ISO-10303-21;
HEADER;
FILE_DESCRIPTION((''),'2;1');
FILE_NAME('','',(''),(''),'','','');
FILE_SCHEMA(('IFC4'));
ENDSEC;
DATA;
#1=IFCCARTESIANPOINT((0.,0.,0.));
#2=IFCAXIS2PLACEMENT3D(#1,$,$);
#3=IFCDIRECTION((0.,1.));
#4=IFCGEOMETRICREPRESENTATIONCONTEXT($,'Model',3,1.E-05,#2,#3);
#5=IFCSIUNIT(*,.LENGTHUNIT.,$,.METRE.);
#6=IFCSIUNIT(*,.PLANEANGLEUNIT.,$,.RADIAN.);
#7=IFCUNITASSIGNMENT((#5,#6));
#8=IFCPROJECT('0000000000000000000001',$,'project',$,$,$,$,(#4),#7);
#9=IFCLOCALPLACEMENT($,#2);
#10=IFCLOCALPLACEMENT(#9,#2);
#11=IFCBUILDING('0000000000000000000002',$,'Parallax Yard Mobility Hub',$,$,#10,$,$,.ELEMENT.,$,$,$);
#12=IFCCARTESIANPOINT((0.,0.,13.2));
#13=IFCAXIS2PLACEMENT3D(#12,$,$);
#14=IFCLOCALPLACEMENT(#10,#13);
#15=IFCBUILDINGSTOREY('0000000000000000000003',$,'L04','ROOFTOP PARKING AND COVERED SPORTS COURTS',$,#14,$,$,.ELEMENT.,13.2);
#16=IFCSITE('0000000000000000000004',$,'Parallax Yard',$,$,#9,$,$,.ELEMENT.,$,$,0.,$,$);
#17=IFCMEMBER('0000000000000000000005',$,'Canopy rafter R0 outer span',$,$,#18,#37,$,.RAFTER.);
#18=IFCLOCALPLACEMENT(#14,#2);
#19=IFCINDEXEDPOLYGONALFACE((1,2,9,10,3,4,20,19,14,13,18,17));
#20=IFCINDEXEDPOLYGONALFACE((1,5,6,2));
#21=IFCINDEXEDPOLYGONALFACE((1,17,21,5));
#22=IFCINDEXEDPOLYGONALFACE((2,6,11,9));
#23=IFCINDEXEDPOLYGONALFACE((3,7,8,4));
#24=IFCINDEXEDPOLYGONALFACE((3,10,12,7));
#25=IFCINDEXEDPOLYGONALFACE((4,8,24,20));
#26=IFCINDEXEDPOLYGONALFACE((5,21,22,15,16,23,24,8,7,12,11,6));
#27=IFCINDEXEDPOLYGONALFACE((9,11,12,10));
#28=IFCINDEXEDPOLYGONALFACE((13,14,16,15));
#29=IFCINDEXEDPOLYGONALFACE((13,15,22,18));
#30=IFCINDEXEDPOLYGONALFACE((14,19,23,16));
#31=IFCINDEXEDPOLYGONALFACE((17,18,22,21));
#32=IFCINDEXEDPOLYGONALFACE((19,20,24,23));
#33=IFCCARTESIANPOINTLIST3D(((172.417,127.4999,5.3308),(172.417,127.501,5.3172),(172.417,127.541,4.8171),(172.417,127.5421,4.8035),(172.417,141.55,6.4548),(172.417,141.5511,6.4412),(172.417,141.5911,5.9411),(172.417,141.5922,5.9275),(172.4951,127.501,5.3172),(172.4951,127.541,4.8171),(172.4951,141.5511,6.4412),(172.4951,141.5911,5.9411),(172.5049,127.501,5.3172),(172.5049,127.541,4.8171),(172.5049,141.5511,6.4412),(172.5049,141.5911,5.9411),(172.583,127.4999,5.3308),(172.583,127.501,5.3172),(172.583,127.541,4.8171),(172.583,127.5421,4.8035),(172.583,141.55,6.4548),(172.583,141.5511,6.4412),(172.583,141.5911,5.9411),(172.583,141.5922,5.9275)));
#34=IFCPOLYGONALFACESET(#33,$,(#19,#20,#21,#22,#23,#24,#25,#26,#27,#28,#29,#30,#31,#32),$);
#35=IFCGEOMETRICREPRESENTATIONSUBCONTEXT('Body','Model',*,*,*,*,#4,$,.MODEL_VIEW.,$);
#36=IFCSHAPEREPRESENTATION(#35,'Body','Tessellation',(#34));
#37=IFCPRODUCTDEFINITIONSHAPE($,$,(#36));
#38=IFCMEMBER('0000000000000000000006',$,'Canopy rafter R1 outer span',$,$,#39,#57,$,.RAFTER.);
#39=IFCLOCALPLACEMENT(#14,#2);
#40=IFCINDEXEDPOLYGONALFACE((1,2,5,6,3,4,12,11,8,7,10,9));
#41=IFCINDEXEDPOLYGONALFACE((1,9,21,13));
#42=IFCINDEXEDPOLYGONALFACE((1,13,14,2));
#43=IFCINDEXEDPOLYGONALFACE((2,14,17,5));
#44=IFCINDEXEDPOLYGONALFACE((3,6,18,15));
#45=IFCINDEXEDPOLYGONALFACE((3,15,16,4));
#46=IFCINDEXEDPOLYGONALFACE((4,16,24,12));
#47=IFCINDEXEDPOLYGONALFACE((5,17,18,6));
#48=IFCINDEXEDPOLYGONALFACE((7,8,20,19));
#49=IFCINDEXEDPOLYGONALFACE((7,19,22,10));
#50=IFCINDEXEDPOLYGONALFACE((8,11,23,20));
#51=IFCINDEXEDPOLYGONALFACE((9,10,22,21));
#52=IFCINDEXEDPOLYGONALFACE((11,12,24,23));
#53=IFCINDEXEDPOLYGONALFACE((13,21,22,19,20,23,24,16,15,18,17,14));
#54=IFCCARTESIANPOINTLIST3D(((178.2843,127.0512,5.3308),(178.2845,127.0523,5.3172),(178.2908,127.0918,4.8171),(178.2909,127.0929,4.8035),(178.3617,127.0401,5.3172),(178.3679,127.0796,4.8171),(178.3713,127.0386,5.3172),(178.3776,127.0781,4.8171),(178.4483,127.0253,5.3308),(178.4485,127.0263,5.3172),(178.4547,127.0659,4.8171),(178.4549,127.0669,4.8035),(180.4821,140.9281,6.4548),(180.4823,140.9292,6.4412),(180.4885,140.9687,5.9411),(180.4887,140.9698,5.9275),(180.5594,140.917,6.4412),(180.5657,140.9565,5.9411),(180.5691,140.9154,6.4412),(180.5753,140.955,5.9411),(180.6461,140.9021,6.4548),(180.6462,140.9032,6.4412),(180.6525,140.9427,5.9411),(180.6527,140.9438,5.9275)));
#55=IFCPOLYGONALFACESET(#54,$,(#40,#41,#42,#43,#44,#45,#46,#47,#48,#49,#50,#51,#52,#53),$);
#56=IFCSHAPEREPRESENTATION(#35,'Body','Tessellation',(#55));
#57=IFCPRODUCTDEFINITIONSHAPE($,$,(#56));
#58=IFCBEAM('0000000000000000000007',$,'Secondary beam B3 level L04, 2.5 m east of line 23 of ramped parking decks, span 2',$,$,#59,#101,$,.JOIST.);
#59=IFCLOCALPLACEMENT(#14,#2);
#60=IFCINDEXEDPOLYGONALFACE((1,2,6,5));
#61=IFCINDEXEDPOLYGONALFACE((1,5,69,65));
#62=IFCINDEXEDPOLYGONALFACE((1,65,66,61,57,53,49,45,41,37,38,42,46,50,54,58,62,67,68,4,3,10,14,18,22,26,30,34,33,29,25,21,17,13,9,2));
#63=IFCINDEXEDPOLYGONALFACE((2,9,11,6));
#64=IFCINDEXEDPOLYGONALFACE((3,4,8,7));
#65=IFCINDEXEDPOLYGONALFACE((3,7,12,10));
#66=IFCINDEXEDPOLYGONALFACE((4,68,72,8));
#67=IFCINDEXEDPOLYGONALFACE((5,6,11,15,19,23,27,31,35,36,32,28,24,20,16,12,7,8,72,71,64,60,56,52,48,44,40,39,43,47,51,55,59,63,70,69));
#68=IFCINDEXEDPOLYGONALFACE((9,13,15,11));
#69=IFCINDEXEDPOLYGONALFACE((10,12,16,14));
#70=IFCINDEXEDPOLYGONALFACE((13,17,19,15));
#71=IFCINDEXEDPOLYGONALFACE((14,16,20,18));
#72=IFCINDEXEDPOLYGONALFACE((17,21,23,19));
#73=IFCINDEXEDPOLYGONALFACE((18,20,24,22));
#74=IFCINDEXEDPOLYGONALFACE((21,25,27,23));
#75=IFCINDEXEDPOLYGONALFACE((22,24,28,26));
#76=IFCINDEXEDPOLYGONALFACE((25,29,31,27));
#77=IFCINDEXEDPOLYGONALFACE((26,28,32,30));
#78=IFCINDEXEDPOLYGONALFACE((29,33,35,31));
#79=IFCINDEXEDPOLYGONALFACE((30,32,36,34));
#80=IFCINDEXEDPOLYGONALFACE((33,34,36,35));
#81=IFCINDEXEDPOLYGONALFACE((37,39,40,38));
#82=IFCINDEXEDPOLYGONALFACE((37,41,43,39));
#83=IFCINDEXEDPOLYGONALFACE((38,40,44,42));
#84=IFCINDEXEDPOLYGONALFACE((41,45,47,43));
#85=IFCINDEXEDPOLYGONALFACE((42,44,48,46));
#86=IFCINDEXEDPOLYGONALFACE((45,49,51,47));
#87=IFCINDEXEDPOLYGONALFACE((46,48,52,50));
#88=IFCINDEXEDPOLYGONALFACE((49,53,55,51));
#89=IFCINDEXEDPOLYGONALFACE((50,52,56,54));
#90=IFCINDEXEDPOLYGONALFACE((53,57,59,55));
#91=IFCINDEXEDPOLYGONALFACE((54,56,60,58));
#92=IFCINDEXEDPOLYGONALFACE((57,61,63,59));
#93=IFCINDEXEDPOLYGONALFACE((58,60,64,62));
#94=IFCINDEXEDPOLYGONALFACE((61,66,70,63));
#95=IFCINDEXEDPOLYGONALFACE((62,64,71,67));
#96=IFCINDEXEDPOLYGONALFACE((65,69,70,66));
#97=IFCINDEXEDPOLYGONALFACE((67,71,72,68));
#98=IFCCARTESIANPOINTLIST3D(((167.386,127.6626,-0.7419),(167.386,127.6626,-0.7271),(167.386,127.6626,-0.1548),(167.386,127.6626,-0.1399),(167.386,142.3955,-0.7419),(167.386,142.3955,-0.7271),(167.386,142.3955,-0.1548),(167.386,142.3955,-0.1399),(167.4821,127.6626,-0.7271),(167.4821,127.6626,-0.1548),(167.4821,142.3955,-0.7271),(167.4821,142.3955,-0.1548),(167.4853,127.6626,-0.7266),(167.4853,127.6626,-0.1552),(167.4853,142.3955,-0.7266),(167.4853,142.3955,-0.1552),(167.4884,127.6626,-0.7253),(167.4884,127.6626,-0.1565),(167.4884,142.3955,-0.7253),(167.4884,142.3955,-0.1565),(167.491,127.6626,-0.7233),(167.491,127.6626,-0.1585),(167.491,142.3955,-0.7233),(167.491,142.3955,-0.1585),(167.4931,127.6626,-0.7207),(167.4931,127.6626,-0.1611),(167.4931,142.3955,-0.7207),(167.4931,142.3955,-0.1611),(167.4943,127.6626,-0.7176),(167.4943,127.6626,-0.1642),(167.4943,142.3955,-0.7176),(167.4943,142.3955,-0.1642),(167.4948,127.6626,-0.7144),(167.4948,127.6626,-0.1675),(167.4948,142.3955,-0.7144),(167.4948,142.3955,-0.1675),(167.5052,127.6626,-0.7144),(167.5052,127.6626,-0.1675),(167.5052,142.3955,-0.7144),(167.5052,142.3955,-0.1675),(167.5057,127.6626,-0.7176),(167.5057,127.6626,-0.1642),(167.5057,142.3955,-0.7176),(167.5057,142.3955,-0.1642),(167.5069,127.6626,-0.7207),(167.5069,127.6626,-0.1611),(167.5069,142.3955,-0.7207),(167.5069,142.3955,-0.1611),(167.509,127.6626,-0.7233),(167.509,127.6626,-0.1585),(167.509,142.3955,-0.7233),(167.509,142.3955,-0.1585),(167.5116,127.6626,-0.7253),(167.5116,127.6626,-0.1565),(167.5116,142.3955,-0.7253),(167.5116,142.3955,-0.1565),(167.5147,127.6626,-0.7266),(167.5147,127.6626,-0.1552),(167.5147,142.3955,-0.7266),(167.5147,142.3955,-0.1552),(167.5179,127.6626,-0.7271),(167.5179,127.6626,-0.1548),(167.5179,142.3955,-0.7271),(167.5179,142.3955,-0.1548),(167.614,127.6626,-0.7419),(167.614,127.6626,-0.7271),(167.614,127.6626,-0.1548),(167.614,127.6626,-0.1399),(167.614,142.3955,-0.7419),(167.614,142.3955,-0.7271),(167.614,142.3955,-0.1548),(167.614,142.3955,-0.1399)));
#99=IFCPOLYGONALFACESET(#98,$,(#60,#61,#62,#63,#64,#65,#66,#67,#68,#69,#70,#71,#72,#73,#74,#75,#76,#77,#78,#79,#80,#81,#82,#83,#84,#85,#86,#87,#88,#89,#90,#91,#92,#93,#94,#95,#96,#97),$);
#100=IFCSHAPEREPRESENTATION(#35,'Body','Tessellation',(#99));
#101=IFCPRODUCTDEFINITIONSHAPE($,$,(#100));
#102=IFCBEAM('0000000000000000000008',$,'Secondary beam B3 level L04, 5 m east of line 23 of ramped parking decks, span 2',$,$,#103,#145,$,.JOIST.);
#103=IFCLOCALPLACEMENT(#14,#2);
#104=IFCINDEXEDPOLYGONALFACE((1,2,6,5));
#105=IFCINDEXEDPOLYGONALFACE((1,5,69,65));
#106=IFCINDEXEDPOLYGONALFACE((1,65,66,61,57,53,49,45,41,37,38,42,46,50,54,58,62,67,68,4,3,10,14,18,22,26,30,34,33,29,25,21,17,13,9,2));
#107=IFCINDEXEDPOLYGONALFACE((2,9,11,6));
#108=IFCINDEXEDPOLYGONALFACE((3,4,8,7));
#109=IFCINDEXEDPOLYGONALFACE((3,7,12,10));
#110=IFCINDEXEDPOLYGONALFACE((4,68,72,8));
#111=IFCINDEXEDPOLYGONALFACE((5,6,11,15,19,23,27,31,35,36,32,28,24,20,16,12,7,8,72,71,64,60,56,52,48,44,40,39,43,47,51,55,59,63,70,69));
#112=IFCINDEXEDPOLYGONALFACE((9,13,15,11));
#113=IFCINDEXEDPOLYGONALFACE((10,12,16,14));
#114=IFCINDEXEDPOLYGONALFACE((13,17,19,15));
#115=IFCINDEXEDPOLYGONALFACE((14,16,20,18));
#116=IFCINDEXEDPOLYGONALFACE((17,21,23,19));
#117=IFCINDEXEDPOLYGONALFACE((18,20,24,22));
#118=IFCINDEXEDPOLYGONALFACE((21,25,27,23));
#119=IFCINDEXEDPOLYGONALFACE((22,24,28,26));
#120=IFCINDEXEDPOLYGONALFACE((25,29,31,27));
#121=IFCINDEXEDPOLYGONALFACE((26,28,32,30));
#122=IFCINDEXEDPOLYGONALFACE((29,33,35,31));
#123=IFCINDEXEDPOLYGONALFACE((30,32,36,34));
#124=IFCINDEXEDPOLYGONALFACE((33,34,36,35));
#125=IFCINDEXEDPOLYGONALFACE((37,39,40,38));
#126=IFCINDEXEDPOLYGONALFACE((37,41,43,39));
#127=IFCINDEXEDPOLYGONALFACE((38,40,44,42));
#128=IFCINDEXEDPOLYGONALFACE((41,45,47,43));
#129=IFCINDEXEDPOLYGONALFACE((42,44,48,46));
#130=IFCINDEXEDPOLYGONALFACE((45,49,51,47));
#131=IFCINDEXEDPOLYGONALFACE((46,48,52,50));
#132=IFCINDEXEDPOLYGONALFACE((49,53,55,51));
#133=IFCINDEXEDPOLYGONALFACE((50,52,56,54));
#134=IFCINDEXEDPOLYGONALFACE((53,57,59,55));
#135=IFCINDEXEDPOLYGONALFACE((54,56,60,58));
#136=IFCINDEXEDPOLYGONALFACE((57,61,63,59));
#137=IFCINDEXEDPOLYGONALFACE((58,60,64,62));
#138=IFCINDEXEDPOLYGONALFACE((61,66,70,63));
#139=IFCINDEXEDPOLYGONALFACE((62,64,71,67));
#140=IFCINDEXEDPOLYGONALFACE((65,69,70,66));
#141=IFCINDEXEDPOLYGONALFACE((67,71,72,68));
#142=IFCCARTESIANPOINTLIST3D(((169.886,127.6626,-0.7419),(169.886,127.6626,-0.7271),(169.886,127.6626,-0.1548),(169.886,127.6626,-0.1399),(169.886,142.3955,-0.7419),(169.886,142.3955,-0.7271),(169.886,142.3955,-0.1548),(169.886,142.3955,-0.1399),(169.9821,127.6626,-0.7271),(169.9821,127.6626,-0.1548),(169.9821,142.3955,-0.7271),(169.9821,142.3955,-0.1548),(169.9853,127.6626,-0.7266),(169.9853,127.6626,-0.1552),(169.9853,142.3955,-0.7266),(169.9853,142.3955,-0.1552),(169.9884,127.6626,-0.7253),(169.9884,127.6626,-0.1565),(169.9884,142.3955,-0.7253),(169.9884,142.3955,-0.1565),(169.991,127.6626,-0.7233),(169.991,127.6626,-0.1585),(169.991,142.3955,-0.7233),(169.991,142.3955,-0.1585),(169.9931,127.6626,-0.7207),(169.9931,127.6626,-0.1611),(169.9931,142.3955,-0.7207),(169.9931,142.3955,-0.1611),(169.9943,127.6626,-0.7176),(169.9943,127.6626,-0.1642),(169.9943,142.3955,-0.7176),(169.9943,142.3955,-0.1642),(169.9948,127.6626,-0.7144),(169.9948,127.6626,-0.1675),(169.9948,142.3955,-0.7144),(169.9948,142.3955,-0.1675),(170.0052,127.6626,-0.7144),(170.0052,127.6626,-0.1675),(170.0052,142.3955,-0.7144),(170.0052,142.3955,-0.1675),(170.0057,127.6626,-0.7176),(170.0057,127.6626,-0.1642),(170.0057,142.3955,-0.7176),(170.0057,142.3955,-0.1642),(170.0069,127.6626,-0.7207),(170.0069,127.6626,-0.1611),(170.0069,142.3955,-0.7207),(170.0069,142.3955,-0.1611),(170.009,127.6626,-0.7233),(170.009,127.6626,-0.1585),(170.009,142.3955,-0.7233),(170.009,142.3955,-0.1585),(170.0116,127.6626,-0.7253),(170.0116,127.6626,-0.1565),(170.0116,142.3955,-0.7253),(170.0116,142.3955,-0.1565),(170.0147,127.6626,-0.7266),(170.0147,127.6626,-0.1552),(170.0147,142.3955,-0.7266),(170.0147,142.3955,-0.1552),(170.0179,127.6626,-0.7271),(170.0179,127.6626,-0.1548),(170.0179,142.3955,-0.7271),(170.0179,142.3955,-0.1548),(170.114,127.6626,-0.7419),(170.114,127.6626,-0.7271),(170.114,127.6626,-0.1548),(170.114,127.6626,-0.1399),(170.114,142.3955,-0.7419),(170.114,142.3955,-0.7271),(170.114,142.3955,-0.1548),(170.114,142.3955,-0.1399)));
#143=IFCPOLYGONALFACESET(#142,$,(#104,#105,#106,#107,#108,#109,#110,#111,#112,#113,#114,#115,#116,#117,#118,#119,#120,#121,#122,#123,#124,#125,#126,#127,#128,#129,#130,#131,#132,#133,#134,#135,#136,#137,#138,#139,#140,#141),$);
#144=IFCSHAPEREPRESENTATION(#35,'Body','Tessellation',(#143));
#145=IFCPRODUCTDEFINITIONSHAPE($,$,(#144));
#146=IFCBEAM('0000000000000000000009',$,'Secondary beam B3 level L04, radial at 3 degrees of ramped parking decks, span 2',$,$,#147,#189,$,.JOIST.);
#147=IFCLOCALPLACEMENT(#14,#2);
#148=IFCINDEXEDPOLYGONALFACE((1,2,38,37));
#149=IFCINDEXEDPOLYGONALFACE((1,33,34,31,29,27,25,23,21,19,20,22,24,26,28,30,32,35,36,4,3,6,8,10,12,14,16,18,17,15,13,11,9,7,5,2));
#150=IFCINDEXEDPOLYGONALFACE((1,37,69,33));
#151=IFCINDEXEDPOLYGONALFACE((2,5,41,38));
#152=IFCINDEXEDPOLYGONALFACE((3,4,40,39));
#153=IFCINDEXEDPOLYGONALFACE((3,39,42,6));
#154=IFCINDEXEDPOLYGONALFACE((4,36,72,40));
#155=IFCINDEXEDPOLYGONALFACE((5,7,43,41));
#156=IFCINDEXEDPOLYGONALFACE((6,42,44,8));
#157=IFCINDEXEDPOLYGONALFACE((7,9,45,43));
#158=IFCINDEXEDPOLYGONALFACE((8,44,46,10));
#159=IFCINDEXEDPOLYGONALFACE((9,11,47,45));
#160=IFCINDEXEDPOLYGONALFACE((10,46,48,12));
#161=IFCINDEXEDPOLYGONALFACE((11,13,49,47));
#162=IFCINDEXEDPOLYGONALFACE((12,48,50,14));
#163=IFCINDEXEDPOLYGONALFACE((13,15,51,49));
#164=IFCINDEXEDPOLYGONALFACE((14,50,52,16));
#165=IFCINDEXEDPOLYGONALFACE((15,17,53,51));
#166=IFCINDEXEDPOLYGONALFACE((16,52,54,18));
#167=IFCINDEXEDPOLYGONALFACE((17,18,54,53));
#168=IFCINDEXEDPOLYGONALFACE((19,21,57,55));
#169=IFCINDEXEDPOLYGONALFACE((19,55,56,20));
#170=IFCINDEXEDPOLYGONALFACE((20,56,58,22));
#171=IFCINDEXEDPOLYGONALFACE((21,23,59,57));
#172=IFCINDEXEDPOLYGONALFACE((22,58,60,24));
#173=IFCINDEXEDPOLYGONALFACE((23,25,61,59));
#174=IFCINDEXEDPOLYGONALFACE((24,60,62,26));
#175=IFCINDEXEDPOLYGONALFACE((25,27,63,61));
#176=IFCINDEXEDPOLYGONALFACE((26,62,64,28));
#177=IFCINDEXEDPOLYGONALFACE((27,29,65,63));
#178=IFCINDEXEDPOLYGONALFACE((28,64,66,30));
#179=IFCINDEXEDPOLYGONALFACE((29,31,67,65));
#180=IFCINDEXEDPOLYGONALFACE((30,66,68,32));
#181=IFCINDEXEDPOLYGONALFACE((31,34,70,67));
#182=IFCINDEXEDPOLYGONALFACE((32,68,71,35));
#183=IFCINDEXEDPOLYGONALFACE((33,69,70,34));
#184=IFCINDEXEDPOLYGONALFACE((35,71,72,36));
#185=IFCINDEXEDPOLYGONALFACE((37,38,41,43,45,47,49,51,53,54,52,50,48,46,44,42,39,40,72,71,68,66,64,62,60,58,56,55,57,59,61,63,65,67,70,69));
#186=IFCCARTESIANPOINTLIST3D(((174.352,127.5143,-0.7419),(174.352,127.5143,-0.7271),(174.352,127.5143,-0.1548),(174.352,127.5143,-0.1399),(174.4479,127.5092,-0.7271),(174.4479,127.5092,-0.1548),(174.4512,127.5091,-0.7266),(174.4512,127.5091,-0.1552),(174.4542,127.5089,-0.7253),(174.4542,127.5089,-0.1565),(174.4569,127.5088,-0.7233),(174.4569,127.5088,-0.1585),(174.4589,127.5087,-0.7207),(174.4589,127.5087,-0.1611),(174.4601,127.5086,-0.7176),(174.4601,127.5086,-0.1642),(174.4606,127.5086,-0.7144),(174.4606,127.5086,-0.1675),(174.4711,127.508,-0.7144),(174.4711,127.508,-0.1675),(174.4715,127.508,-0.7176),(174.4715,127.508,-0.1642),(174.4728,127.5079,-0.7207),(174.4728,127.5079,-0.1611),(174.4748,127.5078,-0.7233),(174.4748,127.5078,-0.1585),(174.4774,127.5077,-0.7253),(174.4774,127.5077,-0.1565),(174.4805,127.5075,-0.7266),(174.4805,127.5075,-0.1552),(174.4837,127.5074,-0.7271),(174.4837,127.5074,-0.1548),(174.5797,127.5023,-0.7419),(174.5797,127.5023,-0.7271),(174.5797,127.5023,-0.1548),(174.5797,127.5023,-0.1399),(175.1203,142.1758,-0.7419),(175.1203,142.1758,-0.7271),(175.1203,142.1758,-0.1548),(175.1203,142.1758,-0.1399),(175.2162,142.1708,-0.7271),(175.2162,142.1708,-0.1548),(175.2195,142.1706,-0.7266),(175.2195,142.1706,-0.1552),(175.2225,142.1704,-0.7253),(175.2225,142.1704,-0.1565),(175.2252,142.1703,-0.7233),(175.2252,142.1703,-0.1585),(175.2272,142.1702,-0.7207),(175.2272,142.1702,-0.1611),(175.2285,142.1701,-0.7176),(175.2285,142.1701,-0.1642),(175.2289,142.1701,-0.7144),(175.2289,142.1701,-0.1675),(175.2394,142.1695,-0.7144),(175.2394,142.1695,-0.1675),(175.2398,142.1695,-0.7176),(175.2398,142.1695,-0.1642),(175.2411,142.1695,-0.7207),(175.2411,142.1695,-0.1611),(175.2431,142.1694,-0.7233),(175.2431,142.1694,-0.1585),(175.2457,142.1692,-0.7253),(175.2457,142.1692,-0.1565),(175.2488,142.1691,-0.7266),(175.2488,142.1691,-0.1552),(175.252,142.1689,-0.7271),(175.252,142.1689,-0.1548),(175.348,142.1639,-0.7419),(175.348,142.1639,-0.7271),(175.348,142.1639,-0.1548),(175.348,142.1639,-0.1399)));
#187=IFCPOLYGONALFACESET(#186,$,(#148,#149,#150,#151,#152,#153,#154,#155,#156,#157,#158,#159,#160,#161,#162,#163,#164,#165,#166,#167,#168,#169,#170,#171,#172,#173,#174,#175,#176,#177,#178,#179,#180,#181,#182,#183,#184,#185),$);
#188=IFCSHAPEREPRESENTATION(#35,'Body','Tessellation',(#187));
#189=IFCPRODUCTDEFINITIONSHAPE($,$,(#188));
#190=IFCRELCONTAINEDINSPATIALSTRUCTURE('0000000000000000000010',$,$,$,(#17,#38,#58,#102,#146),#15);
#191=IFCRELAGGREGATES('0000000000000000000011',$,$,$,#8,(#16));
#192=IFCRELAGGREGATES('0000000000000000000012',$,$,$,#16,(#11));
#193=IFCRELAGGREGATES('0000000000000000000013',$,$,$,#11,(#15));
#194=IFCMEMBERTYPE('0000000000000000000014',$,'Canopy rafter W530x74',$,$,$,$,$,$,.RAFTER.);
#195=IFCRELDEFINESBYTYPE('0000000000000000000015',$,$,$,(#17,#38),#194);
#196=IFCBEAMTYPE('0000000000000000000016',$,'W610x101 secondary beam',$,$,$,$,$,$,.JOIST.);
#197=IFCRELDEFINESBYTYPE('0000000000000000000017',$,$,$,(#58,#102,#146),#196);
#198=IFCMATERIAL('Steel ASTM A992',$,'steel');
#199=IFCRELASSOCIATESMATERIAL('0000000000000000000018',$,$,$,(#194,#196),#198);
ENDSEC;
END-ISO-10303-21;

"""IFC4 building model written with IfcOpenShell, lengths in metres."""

from ifc_helpers import new_model, si_unit, direction, frame, origin, origin_2d, place, context, subcontext, project, spatial, i_section, extrude, material, material_profile, profile_set, type_object, element, save


model = new_model("IFC4")

# Units and contexts
model_context = context("Model", 3, precision=1e-05, world=origin(), true_north=direction((0.0, 1.0)))
body_context = subcontext(model_context, "Body", "Model", "MODEL_VIEW")
ifc_project = project(units=[si_unit("LENGTHUNIT", "METRE"), si_unit("PLANEANGLEUNIT", "RADIAN")], contexts=[model_context])

# Site, building, storey
site_placement = place(None, origin())
site = spatial("IfcSite", under=ifc_project, at=site_placement, Name="Parallax Yard", CompositionType="ELEMENT", RefElevation=0.0)
building_placement = place(site_placement, origin())
building = spatial("IfcBuilding", under=site, at=building_placement, Name="Parallax Yard Mobility Hub", CompositionType="ELEMENT")
storey_placement = place(building_placement, frame((0.0, 0.0, 13.2)))
storey = spatial("IfcBuildingStorey", under=building, at=storey_placement, Name="L04", Description="ROOFTOP PARKING AND COVERED SPORTS COURTS", CompositionType="ELEMENT", Elevation=13.2)

# Members
ifc_material_1 = material(Name="Steel ASTM A992", Category="steel")
ifc_material_profile_1 = material_profile(ifc_material_1, i_section(OverallWidth=0.166, OverallDepth=0.5291, WebThickness=0.0098, FlangeThickness=0.0137, at=origin_2d()), Name="W530x74")
ifc_profile_set_1 = profile_set([ifc_material_profile_1], Name="Steel ASTM A992")
member_type_1 = type_object("IfcMemberType", Name="Canopy rafter W530x74", PredefinedType="RAFTER", material=ifc_profile_set_1)
member_1_placement = place(storey_placement, frame((172.5, 127.521, 5.0671), z_axis=(0.0, 0.996815, 0.079747), x_axis=(-1.0, 0.0, 0.0)))
element("IfcMember", 1, at=member_1_placement, inside=storey, type_object=member_type_1, Name="Canopy rafter R0 outer span", PredefinedType="RAFTER", context=body_context, shape_type="SweptSolid", body=[
    extrude(i_section(OverallWidth=0.166, OverallDepth=0.5291, WebThickness=0.0098, FlangeThickness=0.0137, at=origin_2d()), origin(), (0.0, 0.0, 1.0), 14.095),
])
member_2_placement = place(storey_placement, frame((178.3696, 127.0591, 5.0671), z_axis=(0.155927, 0.984544, 0.079747), x_axis=(-0.98769, 0.156425, 0.0)))
element("IfcMember", 2, at=member_2_placement, inside=storey, type_object=member_type_1, Name="Canopy rafter R1 outer span", PredefinedType="RAFTER", context=body_context, shape_type="SweptSolid", body=[
    extrude(i_section(OverallWidth=0.166, OverallDepth=0.5291, WebThickness=0.0098, FlangeThickness=0.0137, at=origin_2d()), origin(), (0.0, 0.0, 1.0), 14.0947),
])

# Beams
ifc_material_profile_2 = material_profile(ifc_material_1, i_section(OverallWidth=0.228, OverallDepth=0.6021, WebThickness=0.0105, FlangeThickness=0.0149, FilletRadius=0.0127, at=origin_2d()), Name="W610x101")
ifc_profile_set_2 = profile_set([ifc_material_profile_2], Name="Steel ASTM A992")
beam_type_1 = type_object("IfcBeamType", Name="W610x101 secondary beam", PredefinedType="JOIST", material=ifc_profile_set_2)
for number, where, z_axis, x_axis, name in (
    (3, (167.5, 127.6626, -0.4409), (0.0, 1.0, 0.0), (-1.0, 0.0, 0.0), "Secondary beam B3 level L04, 2.5 m east of line 23 of ramped parking decks, span 2"),
    (4, (170.0, 127.6626, -0.4409), (0.0, 1.0, 0.0), (-1.0, 0.0, 0.0), "Secondary beam B3 level L04, 5 m east of line 23 of ramped parking decks, span 2"),
):
    element("IfcBeam", number, at=place(storey_placement, frame(where, z_axis=z_axis, x_axis=x_axis)), inside=storey, type_object=beam_type_1, Name=name, PredefinedType="JOIST", context=body_context, shape_type="SweptSolid", body=[
        extrude(i_section(OverallWidth=0.228, OverallDepth=0.6021, WebThickness=0.0105, FlangeThickness=0.0149, FilletRadius=0.0127, at=origin_2d()), origin(), (0.0, 0.0, 1.0), 14.7329),
    ])
for number, where, z_axis, x_axis, name in (
    (5, (174.4658, 127.5083, -0.4409), (0.052331, 0.99863, 0.0), (-0.99863, 0.052331, 0.0), "Secondary beam B3 level L04, radial at 3 degrees of ramped parking decks, span 2"),
):
    element("IfcBeam", number, at=place(storey_placement, frame(where, z_axis=z_axis, x_axis=x_axis)), inside=storey, type_object=beam_type_1, Name=name, PredefinedType="JOIST", context=body_context, shape_type="SweptSolid", body=[
        extrude(i_section(OverallWidth=0.228, OverallDepth=0.6021, WebThickness=0.0105, FlangeThickness=0.0149, FilletRadius=0.0127, at=origin_2d()), origin(), (0.0, 0.0, 1.0), 14.6816),
    ])

save(model, "model.ifc")
